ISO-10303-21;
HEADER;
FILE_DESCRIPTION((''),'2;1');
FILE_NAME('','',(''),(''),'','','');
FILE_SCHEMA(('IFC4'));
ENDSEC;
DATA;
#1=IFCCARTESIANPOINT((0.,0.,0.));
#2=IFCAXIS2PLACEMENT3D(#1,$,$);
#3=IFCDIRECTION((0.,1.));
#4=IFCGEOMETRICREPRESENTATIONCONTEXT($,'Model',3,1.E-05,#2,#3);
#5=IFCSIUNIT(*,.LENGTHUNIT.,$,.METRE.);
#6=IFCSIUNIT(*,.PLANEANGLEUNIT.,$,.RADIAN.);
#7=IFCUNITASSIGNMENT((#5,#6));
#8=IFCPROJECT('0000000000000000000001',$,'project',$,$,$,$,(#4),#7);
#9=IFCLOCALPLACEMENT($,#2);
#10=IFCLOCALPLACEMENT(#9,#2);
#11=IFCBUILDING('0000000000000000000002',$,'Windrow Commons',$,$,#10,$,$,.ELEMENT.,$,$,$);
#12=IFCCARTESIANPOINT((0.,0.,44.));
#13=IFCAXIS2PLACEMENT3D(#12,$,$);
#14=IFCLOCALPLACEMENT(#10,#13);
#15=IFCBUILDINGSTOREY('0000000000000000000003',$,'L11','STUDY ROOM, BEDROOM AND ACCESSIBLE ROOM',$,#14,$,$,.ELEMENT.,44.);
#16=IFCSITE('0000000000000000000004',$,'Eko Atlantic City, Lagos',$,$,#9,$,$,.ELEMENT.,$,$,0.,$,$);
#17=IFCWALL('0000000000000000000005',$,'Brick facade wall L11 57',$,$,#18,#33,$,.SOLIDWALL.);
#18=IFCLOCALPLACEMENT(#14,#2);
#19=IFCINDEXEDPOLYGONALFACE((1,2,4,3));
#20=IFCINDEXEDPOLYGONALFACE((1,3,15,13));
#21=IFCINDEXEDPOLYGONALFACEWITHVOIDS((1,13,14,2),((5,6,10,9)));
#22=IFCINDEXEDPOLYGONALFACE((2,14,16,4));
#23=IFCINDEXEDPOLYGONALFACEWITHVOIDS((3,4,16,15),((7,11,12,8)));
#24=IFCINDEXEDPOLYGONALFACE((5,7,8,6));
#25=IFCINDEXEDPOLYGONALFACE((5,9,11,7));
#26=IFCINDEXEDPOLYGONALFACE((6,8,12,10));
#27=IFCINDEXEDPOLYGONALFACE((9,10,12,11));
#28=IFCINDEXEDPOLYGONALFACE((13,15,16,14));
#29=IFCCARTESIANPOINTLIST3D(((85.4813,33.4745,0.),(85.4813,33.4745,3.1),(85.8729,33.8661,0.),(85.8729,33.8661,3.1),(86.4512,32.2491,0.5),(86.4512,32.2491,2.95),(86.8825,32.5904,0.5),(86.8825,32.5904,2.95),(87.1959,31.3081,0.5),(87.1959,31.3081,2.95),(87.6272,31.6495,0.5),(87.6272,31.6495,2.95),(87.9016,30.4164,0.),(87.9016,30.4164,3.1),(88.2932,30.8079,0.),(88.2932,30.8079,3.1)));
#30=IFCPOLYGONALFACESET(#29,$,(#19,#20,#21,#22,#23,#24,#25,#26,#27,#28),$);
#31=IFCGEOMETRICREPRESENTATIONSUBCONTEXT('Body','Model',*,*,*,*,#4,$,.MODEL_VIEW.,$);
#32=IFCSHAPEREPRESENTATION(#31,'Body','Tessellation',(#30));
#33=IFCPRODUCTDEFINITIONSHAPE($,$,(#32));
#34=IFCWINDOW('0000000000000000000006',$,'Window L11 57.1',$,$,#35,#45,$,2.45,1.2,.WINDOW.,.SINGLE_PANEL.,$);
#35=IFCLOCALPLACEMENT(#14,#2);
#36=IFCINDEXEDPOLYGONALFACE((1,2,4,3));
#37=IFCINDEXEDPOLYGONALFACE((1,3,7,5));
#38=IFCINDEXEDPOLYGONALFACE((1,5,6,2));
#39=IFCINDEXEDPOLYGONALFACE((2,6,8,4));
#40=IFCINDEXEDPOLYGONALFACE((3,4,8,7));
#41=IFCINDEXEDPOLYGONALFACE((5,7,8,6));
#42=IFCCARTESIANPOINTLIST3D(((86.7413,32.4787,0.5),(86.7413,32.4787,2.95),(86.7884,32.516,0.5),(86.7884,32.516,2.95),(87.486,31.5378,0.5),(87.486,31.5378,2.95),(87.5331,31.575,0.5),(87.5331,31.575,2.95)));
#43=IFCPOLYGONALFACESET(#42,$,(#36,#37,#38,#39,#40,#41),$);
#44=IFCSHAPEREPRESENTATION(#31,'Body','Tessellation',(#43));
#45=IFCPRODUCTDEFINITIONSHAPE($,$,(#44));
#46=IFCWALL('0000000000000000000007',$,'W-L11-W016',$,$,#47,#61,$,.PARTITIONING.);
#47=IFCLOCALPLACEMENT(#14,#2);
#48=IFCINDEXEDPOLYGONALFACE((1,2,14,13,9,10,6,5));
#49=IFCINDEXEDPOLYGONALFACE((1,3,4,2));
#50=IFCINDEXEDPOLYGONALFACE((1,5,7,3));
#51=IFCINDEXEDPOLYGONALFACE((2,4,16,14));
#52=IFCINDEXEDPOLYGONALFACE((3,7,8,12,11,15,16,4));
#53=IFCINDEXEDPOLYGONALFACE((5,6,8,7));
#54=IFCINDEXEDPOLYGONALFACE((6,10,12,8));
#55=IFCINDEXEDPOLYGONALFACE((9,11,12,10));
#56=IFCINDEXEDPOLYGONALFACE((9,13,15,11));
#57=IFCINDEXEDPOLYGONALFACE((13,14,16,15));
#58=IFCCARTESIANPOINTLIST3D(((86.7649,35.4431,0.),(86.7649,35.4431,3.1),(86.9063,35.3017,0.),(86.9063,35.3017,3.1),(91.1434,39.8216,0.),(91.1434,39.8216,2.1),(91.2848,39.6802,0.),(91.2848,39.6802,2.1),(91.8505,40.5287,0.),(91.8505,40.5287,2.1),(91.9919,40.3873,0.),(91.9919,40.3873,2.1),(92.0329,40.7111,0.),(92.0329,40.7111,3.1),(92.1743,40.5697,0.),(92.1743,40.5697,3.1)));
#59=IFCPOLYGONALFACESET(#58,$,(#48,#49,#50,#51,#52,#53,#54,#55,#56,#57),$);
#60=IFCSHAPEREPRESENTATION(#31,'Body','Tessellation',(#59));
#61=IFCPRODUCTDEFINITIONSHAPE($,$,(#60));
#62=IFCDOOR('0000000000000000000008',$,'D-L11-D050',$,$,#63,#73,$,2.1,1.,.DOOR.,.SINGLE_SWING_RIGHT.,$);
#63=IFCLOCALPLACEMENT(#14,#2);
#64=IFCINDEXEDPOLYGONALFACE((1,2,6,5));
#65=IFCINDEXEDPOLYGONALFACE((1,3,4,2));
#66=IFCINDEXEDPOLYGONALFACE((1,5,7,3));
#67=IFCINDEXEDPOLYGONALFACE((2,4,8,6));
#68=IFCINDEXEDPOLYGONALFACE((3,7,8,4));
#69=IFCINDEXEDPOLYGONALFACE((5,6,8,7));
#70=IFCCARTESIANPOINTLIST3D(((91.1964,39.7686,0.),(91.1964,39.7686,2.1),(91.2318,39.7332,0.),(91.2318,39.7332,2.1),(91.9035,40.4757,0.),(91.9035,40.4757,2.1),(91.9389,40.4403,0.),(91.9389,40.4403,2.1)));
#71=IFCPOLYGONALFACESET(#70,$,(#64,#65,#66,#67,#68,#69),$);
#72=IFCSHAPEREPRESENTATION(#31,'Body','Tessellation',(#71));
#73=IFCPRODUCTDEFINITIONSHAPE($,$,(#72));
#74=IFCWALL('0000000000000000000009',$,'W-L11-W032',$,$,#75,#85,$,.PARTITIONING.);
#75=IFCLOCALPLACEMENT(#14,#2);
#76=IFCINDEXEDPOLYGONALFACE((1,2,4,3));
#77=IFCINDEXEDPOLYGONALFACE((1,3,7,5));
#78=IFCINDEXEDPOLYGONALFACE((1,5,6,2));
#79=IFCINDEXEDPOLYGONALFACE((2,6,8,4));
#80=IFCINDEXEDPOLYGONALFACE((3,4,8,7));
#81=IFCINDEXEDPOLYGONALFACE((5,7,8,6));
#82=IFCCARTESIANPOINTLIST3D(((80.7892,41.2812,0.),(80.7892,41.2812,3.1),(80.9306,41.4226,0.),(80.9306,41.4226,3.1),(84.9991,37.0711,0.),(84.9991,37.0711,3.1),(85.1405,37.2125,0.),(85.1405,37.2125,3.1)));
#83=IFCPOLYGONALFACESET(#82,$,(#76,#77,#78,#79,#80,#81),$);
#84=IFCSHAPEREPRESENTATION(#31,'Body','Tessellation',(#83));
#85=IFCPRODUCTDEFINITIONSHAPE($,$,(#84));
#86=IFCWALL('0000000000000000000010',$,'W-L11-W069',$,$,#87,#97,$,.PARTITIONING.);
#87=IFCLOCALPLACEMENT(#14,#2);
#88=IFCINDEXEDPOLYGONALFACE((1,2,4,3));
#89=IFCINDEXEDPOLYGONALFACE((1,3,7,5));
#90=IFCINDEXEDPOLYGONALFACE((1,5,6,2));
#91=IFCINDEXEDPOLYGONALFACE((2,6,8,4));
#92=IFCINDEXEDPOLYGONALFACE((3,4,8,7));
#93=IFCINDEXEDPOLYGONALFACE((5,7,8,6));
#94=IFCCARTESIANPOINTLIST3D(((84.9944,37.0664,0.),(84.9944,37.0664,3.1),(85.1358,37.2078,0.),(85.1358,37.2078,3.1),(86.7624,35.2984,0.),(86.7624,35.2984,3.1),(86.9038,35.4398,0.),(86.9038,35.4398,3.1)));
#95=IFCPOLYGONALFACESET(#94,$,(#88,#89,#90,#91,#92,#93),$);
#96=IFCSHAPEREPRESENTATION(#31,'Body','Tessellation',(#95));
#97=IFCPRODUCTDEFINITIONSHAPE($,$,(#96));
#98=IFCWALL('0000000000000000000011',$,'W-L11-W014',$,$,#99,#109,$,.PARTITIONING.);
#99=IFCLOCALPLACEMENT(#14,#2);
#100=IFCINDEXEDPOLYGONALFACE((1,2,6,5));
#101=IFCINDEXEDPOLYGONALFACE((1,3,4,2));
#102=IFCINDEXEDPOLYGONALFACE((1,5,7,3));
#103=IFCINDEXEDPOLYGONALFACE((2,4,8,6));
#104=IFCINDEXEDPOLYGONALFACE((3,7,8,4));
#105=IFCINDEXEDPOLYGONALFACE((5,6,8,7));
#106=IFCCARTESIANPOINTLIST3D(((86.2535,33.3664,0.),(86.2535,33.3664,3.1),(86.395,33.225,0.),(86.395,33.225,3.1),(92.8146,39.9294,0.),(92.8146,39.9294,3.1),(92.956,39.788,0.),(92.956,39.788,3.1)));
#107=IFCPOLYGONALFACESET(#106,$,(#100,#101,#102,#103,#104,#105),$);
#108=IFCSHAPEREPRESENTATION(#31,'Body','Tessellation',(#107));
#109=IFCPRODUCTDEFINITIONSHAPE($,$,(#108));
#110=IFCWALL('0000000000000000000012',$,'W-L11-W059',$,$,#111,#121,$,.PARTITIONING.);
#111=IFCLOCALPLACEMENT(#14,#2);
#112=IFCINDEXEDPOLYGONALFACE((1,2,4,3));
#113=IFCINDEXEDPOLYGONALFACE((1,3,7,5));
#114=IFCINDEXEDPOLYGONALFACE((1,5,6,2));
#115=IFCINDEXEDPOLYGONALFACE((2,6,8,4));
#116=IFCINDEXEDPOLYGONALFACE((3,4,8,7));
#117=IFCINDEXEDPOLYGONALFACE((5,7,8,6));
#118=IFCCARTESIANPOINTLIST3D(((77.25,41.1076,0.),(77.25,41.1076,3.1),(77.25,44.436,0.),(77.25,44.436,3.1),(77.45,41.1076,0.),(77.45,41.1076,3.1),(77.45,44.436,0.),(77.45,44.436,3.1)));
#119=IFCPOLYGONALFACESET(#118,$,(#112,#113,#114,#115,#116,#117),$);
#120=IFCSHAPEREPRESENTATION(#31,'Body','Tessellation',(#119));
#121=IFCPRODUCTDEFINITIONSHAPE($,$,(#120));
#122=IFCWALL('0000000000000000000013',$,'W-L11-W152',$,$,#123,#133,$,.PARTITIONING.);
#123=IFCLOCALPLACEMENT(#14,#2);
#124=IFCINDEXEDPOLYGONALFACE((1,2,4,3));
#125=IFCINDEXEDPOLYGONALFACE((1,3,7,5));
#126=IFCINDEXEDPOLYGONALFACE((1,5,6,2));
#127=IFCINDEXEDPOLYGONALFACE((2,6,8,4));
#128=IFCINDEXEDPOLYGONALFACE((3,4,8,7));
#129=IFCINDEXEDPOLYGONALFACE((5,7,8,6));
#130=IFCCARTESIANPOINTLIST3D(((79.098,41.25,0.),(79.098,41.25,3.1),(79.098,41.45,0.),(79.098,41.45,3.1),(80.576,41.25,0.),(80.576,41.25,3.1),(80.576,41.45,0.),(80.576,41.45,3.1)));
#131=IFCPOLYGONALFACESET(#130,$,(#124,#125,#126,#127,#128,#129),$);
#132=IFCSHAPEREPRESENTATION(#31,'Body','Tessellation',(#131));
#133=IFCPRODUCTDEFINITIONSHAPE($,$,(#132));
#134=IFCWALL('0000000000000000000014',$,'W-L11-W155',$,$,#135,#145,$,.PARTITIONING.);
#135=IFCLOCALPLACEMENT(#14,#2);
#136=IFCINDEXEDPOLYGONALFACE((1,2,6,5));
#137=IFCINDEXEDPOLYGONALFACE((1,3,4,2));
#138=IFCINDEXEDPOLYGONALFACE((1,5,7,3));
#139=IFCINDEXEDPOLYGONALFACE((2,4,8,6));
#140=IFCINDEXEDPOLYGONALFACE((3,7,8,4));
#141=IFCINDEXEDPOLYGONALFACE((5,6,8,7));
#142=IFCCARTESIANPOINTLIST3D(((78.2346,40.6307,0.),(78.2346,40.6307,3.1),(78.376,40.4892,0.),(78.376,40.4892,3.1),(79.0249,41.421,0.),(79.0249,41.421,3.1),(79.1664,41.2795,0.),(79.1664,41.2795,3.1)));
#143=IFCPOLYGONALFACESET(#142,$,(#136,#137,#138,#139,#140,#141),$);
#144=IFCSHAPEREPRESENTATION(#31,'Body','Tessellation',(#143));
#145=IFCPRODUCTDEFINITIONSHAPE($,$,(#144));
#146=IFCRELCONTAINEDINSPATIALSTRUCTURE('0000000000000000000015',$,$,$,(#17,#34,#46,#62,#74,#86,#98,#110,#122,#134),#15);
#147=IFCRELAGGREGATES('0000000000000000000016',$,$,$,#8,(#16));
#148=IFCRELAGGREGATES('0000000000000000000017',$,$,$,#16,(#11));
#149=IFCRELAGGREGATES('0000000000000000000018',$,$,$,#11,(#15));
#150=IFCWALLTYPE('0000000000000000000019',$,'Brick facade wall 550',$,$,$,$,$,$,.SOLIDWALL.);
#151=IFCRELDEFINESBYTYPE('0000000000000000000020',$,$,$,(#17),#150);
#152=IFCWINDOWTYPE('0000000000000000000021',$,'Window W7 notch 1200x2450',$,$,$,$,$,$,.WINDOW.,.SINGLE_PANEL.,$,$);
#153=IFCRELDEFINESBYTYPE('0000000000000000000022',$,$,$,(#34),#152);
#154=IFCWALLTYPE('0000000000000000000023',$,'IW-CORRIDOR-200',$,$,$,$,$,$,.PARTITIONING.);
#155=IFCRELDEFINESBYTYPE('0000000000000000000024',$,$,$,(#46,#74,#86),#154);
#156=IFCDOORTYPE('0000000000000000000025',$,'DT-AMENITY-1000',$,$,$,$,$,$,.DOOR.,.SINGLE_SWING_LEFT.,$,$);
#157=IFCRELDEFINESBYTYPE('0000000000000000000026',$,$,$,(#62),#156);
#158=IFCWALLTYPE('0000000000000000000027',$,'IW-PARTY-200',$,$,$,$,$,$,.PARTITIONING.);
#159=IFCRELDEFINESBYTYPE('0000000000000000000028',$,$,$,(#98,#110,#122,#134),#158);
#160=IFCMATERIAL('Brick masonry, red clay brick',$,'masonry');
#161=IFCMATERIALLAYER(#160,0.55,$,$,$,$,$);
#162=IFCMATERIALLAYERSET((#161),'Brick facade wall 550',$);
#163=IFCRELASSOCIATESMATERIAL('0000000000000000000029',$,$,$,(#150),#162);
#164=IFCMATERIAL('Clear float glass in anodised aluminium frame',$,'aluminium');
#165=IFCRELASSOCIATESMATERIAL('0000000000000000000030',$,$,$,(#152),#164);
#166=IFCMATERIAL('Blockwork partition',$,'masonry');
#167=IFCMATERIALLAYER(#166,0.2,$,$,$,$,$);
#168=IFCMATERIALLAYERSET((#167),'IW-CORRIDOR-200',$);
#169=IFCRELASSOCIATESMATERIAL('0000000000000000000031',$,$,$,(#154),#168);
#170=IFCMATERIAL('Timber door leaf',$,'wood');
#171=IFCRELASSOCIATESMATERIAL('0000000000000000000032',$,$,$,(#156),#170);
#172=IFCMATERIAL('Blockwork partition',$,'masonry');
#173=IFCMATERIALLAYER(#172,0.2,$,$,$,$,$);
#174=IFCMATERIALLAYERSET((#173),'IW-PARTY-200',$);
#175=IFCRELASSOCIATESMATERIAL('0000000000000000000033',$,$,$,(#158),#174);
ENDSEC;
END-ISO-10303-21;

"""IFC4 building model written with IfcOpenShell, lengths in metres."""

from ifc_helpers import new_model, si_unit, direction, frame, frame_2d, origin, place, context, subcontext, project, spatial, polyline, rectangle, outline, extrude, material, layer, layer_set, type_object, element, fill, save


model = new_model("IFC4")

# Units and contexts
model_context = context("Model", 3, precision=1e-05, world=origin(), true_north=direction((0.0, 1.0)))
body_context = subcontext(model_context, "Body", "Model", "MODEL_VIEW")
ifc_project = project(units=[si_unit("LENGTHUNIT", "METRE"), si_unit("PLANEANGLEUNIT", "RADIAN")], contexts=[model_context])

# Site, building, storey
site_placement = place(None, origin())
site = spatial("IfcSite", under=ifc_project, at=site_placement, Name="Eko Atlantic City, Lagos", CompositionType="ELEMENT", RefElevation=0.0)
building_placement = place(site_placement, origin())
building = spatial("IfcBuilding", under=site, at=building_placement, Name="Windrow Commons", CompositionType="ELEMENT")
storey_placement = place(building_placement, frame((0.0, 0.0, 44.0)))
storey = spatial("IfcBuildingStorey", under=building, at=storey_placement, Name="L11", Description="STUDY ROOM, BEDROOM AND ACCESSIBLE ROOM", CompositionType="ELEMENT", Elevation=44.0)

# Shared definitions
ifc_material_1 = material(Name="Brick masonry, red clay brick", Category="masonry")
ifc_layer_1 = layer(ifc_material_1, 0.55)
ifc_layer_set_1 = layer_set([ifc_layer_1], Name="Brick facade wall 550")
wall_type_1 = type_object("IfcWallType", Name="Brick facade wall 550", PredefinedType="SOLIDWALL", material=ifc_layer_set_1)
ifc_material_2 = material(Name="Clear float glass in anodised aluminium frame", Category="aluminium")
window_type_1 = type_object("IfcWindowType", Name="Window W7 notch 1200x2450", PartitioningType="SINGLE_PANEL", PredefinedType="WINDOW", material=ifc_material_2)

# Wall, opening, window
wall_1_placement = place(storey_placement, frame((85.6771, 33.6703, 0.0), z_axis=(0.0, 0.0, 1.0), x_axis=(0.620593, -0.784133, 0.0)))
wall_1 = element("IfcWall", 1, at=wall_1_placement, inside=storey, type_object=wall_type_1, Name="Brick facade wall L11 57", PredefinedType="SOLIDWALL", context=body_context, shape_type="SweptSolid", body=[
    extrude(outline(polyline([(0.032, -0.275), (3.932, -0.275), (3.868, 0.275), (-0.032, 0.275), (0.032, -0.275)])), origin(), (0.0, 0.0, 1.0), 3.1),
])
opening_1_placement = place(wall_1_placement, frame((1.5948, 0.0, 0.5)))
opening_1 = element("IfcOpeningElement", 2, at=opening_1_placement, cuts=wall_1, PredefinedType="OPENING", context=body_context, shape_type="SweptSolid", body=[
    extrude(rectangle(XDim=1.2, YDim=2.45, at=frame_2d((0.6, 1.225))), frame((0.0, 0.285, 0.0), z_axis=(0.0, -1.0, 0.0), x_axis=(1.0, 0.0, 0.0)), (0.0, 0.0, 1.0), 0.57),
])
window_1_placement = place(opening_1_placement, origin())
window_1 = element("IfcWindow", 3, at=window_1_placement, inside=storey, type_object=window_type_1, Name="Window L11 57.1", OverallHeight=2.45, OverallWidth=1.2, PartitioningType="SINGLE_PANEL", PredefinedType="WINDOW", context=body_context, shape_type="SweptSolid", body=[
    extrude(rectangle(XDim=1.2, YDim=2.45, at=frame_2d((0.6, 1.225))), frame((0.0, 0.155, 0.0), z_axis=(0.0, -1.0, 0.0), x_axis=(1.0, 0.0, 0.0)), (0.0, 0.0, 1.0), 0.06),
])
fill(opening_1, window_1)

# Wall, opening, door
ifc_material_3 = material(Name="Blockwork partition", Category="masonry")
ifc_layer_2 = layer(ifc_material_3, 0.2)
ifc_layer_set_2 = layer_set([ifc_layer_2], Name="IW-CORRIDOR-200")
wall_type_2 = type_object("IfcWallType", Name="IW-CORRIDOR-200", PredefinedType="PARTITIONING", material=ifc_layer_set_2)
wall_2_placement = place(storey_placement, frame((86.8356, 35.3724, 0.0), z_axis=(0.0, 0.0, 1.0), x_axis=(0.707107, 0.707107, 0.0)))
wall_2 = element("IfcWall", 4, at=wall_2_placement, inside=storey, type_object=wall_type_2, Name="W-L11-W016", PredefinedType="PARTITIONING", context=body_context, shape_type="SweptSolid", body=[
    extrude(rectangle(XDim=7.4501, YDim=0.2, at=frame_2d((3.725, 0.0))), origin(), (0.0, 0.0, 1.0), 3.1),
])
opening_2_placement = place(wall_2_placement, frame((6.1921, 0.0, 0.0)))
opening_2 = element("IfcOpeningElement", 5, at=opening_2_placement, cuts=wall_2, PredefinedType="OPENING", context=body_context, shape_type="SweptSolid", body=[
    extrude(rectangle(XDim=1.0, YDim=2.1, at=frame_2d((0.5, 1.05))), frame((0.0, 0.11, 0.0), z_axis=(0.0, -1.0, 0.0), x_axis=(1.0, 0.0, 0.0)), (0.0, 0.0, 1.0), 0.22),
])
ifc_material_4 = material(Name="Timber door leaf", Category="wood")
door_type = type_object("IfcDoorType", Name="DT-AMENITY-1000", OperationType="SINGLE_SWING_LEFT", PredefinedType="DOOR", material=ifc_material_4)
door_placement = place(opening_2_placement, origin())
door = element("IfcDoor", 6, at=door_placement, inside=storey, type_object=door_type, Name="D-L11-D050", OperationType="SINGLE_SWING_RIGHT", OverallHeight=2.1, OverallWidth=1.0, PredefinedType="DOOR", context=body_context, shape_type="SweptSolid", body=[
    extrude(rectangle(XDim=1.0, YDim=2.1, at=frame_2d((0.5, 1.05))), frame((0.0, 0.025, 0.0), z_axis=(0.0, -1.0, 0.0), x_axis=(1.0, 0.0, 0.0)), (0.0, 0.0, 1.0), 0.05),
])
fill(opening_2, door)

# Walls
wall_3_placement = place(storey_placement, frame((85.0698, 37.1418, 0.0), z_axis=(0.0, 0.0, 1.0), x_axis=(-0.70709, 0.707124, 0.0)))
element("IfcWall", 7, at=wall_3_placement, inside=storey, type_object=wall_type_2, Name="W-L11-W032", PredefinedType="PARTITIONING", context=body_context, shape_type="SweptSolid", body=[
    extrude(rectangle(XDim=5.9538, YDim=0.2, at=frame_2d((2.9769, 0.0))), origin(), (0.0, 0.0, 1.0), 3.1),
])
wall_4_placement = place(storey_placement, frame((85.0651, 37.1371, 0.0), z_axis=(0.0, 0.0, 1.0), x_axis=(0.707107, -0.707107, 0.0)))
element("IfcWall", 8, at=wall_4_placement, inside=storey, type_object=wall_type_2, Name="W-L11-W069", PredefinedType="PARTITIONING", context=body_context, shape_type="SweptSolid", body=[
    extrude(rectangle(XDim=2.5003, YDim=0.2, at=frame_2d((1.2502, 0.0))), origin(), (0.0, 0.0, 1.0), 3.1),
])
ifc_material_5 = material(Name="Blockwork partition", Category="masonry")
ifc_layer_3 = layer(ifc_material_5, 0.2)
ifc_layer_set_3 = layer_set([ifc_layer_3], Name="IW-PARTY-200")
wall_type_3 = type_object("IfcWallType", Name="IW-PARTY-200", PredefinedType="PARTITIONING", material=ifc_layer_set_3)
wall_5_placement = place(storey_placement, frame((86.3243, 33.2957, 0.0), z_axis=(0.0, 0.0, 1.0), x_axis=(0.706999, 0.707215, 0.0)))
element("IfcWall", 9, at=wall_5_placement, inside=storey, type_object=wall_type_3, Name="W-L11-W014", PredefinedType="PARTITIONING", context=body_context, shape_type="SweptSolid", body=[
    extrude(rectangle(XDim=9.2801, YDim=0.2, at=frame_2d((4.64, 0.0))), origin(), (0.0, 0.0, 1.0), 3.1),
])
wall_6_placement = place(storey_placement, frame((77.35, 41.1075, 0.0), z_axis=(0.0, 0.0, 1.0), x_axis=(0.0, 1.0, 0.0)))
element("IfcWall", 10, at=wall_6_placement, inside=storey, type_object=wall_type_3, Name="W-L11-W059", PredefinedType="PARTITIONING", context=body_context, shape_type="SweptSolid", body=[
    extrude(rectangle(XDim=3.3285, YDim=0.2, at=frame_2d((1.6643, 0.0))), origin(), (0.0, 0.0, 1.0), 3.1),
])
wall_7_placement = place(storey_placement, frame((79.098, 41.35, 0.0), z_axis=(0.0, 0.0, 1.0), x_axis=(1.0, 0.0, 0.0)))
element("IfcWall", 11, at=wall_7_placement, inside=storey, type_object=wall_type_3, Name="W-L11-W152", PredefinedType="PARTITIONING", context=body_context, shape_type="SweptSolid", body=[
    extrude(rectangle(XDim=1.478, YDim=0.2, at=frame_2d((0.739, 0.0))), origin(), (0.0, 0.0, 1.0), 3.1),
])
wall_8_placement = place(storey_placement, frame((78.3053, 40.56, 0.0), z_axis=(0.0, 0.0, 1.0), x_axis=(0.707152, 0.707062, 0.0)))
element("IfcWall", 12, at=wall_8_placement, inside=storey, type_object=wall_type_3, Name="W-L11-W155", PredefinedType="PARTITIONING", context=body_context, shape_type="SweptSolid", body=[
    extrude(rectangle(XDim=1.1177, YDim=0.2, at=frame_2d((0.5588, 0.0))), origin(), (0.0, 0.0, 1.0), 3.1),
])

save(model, "model.ifc")
